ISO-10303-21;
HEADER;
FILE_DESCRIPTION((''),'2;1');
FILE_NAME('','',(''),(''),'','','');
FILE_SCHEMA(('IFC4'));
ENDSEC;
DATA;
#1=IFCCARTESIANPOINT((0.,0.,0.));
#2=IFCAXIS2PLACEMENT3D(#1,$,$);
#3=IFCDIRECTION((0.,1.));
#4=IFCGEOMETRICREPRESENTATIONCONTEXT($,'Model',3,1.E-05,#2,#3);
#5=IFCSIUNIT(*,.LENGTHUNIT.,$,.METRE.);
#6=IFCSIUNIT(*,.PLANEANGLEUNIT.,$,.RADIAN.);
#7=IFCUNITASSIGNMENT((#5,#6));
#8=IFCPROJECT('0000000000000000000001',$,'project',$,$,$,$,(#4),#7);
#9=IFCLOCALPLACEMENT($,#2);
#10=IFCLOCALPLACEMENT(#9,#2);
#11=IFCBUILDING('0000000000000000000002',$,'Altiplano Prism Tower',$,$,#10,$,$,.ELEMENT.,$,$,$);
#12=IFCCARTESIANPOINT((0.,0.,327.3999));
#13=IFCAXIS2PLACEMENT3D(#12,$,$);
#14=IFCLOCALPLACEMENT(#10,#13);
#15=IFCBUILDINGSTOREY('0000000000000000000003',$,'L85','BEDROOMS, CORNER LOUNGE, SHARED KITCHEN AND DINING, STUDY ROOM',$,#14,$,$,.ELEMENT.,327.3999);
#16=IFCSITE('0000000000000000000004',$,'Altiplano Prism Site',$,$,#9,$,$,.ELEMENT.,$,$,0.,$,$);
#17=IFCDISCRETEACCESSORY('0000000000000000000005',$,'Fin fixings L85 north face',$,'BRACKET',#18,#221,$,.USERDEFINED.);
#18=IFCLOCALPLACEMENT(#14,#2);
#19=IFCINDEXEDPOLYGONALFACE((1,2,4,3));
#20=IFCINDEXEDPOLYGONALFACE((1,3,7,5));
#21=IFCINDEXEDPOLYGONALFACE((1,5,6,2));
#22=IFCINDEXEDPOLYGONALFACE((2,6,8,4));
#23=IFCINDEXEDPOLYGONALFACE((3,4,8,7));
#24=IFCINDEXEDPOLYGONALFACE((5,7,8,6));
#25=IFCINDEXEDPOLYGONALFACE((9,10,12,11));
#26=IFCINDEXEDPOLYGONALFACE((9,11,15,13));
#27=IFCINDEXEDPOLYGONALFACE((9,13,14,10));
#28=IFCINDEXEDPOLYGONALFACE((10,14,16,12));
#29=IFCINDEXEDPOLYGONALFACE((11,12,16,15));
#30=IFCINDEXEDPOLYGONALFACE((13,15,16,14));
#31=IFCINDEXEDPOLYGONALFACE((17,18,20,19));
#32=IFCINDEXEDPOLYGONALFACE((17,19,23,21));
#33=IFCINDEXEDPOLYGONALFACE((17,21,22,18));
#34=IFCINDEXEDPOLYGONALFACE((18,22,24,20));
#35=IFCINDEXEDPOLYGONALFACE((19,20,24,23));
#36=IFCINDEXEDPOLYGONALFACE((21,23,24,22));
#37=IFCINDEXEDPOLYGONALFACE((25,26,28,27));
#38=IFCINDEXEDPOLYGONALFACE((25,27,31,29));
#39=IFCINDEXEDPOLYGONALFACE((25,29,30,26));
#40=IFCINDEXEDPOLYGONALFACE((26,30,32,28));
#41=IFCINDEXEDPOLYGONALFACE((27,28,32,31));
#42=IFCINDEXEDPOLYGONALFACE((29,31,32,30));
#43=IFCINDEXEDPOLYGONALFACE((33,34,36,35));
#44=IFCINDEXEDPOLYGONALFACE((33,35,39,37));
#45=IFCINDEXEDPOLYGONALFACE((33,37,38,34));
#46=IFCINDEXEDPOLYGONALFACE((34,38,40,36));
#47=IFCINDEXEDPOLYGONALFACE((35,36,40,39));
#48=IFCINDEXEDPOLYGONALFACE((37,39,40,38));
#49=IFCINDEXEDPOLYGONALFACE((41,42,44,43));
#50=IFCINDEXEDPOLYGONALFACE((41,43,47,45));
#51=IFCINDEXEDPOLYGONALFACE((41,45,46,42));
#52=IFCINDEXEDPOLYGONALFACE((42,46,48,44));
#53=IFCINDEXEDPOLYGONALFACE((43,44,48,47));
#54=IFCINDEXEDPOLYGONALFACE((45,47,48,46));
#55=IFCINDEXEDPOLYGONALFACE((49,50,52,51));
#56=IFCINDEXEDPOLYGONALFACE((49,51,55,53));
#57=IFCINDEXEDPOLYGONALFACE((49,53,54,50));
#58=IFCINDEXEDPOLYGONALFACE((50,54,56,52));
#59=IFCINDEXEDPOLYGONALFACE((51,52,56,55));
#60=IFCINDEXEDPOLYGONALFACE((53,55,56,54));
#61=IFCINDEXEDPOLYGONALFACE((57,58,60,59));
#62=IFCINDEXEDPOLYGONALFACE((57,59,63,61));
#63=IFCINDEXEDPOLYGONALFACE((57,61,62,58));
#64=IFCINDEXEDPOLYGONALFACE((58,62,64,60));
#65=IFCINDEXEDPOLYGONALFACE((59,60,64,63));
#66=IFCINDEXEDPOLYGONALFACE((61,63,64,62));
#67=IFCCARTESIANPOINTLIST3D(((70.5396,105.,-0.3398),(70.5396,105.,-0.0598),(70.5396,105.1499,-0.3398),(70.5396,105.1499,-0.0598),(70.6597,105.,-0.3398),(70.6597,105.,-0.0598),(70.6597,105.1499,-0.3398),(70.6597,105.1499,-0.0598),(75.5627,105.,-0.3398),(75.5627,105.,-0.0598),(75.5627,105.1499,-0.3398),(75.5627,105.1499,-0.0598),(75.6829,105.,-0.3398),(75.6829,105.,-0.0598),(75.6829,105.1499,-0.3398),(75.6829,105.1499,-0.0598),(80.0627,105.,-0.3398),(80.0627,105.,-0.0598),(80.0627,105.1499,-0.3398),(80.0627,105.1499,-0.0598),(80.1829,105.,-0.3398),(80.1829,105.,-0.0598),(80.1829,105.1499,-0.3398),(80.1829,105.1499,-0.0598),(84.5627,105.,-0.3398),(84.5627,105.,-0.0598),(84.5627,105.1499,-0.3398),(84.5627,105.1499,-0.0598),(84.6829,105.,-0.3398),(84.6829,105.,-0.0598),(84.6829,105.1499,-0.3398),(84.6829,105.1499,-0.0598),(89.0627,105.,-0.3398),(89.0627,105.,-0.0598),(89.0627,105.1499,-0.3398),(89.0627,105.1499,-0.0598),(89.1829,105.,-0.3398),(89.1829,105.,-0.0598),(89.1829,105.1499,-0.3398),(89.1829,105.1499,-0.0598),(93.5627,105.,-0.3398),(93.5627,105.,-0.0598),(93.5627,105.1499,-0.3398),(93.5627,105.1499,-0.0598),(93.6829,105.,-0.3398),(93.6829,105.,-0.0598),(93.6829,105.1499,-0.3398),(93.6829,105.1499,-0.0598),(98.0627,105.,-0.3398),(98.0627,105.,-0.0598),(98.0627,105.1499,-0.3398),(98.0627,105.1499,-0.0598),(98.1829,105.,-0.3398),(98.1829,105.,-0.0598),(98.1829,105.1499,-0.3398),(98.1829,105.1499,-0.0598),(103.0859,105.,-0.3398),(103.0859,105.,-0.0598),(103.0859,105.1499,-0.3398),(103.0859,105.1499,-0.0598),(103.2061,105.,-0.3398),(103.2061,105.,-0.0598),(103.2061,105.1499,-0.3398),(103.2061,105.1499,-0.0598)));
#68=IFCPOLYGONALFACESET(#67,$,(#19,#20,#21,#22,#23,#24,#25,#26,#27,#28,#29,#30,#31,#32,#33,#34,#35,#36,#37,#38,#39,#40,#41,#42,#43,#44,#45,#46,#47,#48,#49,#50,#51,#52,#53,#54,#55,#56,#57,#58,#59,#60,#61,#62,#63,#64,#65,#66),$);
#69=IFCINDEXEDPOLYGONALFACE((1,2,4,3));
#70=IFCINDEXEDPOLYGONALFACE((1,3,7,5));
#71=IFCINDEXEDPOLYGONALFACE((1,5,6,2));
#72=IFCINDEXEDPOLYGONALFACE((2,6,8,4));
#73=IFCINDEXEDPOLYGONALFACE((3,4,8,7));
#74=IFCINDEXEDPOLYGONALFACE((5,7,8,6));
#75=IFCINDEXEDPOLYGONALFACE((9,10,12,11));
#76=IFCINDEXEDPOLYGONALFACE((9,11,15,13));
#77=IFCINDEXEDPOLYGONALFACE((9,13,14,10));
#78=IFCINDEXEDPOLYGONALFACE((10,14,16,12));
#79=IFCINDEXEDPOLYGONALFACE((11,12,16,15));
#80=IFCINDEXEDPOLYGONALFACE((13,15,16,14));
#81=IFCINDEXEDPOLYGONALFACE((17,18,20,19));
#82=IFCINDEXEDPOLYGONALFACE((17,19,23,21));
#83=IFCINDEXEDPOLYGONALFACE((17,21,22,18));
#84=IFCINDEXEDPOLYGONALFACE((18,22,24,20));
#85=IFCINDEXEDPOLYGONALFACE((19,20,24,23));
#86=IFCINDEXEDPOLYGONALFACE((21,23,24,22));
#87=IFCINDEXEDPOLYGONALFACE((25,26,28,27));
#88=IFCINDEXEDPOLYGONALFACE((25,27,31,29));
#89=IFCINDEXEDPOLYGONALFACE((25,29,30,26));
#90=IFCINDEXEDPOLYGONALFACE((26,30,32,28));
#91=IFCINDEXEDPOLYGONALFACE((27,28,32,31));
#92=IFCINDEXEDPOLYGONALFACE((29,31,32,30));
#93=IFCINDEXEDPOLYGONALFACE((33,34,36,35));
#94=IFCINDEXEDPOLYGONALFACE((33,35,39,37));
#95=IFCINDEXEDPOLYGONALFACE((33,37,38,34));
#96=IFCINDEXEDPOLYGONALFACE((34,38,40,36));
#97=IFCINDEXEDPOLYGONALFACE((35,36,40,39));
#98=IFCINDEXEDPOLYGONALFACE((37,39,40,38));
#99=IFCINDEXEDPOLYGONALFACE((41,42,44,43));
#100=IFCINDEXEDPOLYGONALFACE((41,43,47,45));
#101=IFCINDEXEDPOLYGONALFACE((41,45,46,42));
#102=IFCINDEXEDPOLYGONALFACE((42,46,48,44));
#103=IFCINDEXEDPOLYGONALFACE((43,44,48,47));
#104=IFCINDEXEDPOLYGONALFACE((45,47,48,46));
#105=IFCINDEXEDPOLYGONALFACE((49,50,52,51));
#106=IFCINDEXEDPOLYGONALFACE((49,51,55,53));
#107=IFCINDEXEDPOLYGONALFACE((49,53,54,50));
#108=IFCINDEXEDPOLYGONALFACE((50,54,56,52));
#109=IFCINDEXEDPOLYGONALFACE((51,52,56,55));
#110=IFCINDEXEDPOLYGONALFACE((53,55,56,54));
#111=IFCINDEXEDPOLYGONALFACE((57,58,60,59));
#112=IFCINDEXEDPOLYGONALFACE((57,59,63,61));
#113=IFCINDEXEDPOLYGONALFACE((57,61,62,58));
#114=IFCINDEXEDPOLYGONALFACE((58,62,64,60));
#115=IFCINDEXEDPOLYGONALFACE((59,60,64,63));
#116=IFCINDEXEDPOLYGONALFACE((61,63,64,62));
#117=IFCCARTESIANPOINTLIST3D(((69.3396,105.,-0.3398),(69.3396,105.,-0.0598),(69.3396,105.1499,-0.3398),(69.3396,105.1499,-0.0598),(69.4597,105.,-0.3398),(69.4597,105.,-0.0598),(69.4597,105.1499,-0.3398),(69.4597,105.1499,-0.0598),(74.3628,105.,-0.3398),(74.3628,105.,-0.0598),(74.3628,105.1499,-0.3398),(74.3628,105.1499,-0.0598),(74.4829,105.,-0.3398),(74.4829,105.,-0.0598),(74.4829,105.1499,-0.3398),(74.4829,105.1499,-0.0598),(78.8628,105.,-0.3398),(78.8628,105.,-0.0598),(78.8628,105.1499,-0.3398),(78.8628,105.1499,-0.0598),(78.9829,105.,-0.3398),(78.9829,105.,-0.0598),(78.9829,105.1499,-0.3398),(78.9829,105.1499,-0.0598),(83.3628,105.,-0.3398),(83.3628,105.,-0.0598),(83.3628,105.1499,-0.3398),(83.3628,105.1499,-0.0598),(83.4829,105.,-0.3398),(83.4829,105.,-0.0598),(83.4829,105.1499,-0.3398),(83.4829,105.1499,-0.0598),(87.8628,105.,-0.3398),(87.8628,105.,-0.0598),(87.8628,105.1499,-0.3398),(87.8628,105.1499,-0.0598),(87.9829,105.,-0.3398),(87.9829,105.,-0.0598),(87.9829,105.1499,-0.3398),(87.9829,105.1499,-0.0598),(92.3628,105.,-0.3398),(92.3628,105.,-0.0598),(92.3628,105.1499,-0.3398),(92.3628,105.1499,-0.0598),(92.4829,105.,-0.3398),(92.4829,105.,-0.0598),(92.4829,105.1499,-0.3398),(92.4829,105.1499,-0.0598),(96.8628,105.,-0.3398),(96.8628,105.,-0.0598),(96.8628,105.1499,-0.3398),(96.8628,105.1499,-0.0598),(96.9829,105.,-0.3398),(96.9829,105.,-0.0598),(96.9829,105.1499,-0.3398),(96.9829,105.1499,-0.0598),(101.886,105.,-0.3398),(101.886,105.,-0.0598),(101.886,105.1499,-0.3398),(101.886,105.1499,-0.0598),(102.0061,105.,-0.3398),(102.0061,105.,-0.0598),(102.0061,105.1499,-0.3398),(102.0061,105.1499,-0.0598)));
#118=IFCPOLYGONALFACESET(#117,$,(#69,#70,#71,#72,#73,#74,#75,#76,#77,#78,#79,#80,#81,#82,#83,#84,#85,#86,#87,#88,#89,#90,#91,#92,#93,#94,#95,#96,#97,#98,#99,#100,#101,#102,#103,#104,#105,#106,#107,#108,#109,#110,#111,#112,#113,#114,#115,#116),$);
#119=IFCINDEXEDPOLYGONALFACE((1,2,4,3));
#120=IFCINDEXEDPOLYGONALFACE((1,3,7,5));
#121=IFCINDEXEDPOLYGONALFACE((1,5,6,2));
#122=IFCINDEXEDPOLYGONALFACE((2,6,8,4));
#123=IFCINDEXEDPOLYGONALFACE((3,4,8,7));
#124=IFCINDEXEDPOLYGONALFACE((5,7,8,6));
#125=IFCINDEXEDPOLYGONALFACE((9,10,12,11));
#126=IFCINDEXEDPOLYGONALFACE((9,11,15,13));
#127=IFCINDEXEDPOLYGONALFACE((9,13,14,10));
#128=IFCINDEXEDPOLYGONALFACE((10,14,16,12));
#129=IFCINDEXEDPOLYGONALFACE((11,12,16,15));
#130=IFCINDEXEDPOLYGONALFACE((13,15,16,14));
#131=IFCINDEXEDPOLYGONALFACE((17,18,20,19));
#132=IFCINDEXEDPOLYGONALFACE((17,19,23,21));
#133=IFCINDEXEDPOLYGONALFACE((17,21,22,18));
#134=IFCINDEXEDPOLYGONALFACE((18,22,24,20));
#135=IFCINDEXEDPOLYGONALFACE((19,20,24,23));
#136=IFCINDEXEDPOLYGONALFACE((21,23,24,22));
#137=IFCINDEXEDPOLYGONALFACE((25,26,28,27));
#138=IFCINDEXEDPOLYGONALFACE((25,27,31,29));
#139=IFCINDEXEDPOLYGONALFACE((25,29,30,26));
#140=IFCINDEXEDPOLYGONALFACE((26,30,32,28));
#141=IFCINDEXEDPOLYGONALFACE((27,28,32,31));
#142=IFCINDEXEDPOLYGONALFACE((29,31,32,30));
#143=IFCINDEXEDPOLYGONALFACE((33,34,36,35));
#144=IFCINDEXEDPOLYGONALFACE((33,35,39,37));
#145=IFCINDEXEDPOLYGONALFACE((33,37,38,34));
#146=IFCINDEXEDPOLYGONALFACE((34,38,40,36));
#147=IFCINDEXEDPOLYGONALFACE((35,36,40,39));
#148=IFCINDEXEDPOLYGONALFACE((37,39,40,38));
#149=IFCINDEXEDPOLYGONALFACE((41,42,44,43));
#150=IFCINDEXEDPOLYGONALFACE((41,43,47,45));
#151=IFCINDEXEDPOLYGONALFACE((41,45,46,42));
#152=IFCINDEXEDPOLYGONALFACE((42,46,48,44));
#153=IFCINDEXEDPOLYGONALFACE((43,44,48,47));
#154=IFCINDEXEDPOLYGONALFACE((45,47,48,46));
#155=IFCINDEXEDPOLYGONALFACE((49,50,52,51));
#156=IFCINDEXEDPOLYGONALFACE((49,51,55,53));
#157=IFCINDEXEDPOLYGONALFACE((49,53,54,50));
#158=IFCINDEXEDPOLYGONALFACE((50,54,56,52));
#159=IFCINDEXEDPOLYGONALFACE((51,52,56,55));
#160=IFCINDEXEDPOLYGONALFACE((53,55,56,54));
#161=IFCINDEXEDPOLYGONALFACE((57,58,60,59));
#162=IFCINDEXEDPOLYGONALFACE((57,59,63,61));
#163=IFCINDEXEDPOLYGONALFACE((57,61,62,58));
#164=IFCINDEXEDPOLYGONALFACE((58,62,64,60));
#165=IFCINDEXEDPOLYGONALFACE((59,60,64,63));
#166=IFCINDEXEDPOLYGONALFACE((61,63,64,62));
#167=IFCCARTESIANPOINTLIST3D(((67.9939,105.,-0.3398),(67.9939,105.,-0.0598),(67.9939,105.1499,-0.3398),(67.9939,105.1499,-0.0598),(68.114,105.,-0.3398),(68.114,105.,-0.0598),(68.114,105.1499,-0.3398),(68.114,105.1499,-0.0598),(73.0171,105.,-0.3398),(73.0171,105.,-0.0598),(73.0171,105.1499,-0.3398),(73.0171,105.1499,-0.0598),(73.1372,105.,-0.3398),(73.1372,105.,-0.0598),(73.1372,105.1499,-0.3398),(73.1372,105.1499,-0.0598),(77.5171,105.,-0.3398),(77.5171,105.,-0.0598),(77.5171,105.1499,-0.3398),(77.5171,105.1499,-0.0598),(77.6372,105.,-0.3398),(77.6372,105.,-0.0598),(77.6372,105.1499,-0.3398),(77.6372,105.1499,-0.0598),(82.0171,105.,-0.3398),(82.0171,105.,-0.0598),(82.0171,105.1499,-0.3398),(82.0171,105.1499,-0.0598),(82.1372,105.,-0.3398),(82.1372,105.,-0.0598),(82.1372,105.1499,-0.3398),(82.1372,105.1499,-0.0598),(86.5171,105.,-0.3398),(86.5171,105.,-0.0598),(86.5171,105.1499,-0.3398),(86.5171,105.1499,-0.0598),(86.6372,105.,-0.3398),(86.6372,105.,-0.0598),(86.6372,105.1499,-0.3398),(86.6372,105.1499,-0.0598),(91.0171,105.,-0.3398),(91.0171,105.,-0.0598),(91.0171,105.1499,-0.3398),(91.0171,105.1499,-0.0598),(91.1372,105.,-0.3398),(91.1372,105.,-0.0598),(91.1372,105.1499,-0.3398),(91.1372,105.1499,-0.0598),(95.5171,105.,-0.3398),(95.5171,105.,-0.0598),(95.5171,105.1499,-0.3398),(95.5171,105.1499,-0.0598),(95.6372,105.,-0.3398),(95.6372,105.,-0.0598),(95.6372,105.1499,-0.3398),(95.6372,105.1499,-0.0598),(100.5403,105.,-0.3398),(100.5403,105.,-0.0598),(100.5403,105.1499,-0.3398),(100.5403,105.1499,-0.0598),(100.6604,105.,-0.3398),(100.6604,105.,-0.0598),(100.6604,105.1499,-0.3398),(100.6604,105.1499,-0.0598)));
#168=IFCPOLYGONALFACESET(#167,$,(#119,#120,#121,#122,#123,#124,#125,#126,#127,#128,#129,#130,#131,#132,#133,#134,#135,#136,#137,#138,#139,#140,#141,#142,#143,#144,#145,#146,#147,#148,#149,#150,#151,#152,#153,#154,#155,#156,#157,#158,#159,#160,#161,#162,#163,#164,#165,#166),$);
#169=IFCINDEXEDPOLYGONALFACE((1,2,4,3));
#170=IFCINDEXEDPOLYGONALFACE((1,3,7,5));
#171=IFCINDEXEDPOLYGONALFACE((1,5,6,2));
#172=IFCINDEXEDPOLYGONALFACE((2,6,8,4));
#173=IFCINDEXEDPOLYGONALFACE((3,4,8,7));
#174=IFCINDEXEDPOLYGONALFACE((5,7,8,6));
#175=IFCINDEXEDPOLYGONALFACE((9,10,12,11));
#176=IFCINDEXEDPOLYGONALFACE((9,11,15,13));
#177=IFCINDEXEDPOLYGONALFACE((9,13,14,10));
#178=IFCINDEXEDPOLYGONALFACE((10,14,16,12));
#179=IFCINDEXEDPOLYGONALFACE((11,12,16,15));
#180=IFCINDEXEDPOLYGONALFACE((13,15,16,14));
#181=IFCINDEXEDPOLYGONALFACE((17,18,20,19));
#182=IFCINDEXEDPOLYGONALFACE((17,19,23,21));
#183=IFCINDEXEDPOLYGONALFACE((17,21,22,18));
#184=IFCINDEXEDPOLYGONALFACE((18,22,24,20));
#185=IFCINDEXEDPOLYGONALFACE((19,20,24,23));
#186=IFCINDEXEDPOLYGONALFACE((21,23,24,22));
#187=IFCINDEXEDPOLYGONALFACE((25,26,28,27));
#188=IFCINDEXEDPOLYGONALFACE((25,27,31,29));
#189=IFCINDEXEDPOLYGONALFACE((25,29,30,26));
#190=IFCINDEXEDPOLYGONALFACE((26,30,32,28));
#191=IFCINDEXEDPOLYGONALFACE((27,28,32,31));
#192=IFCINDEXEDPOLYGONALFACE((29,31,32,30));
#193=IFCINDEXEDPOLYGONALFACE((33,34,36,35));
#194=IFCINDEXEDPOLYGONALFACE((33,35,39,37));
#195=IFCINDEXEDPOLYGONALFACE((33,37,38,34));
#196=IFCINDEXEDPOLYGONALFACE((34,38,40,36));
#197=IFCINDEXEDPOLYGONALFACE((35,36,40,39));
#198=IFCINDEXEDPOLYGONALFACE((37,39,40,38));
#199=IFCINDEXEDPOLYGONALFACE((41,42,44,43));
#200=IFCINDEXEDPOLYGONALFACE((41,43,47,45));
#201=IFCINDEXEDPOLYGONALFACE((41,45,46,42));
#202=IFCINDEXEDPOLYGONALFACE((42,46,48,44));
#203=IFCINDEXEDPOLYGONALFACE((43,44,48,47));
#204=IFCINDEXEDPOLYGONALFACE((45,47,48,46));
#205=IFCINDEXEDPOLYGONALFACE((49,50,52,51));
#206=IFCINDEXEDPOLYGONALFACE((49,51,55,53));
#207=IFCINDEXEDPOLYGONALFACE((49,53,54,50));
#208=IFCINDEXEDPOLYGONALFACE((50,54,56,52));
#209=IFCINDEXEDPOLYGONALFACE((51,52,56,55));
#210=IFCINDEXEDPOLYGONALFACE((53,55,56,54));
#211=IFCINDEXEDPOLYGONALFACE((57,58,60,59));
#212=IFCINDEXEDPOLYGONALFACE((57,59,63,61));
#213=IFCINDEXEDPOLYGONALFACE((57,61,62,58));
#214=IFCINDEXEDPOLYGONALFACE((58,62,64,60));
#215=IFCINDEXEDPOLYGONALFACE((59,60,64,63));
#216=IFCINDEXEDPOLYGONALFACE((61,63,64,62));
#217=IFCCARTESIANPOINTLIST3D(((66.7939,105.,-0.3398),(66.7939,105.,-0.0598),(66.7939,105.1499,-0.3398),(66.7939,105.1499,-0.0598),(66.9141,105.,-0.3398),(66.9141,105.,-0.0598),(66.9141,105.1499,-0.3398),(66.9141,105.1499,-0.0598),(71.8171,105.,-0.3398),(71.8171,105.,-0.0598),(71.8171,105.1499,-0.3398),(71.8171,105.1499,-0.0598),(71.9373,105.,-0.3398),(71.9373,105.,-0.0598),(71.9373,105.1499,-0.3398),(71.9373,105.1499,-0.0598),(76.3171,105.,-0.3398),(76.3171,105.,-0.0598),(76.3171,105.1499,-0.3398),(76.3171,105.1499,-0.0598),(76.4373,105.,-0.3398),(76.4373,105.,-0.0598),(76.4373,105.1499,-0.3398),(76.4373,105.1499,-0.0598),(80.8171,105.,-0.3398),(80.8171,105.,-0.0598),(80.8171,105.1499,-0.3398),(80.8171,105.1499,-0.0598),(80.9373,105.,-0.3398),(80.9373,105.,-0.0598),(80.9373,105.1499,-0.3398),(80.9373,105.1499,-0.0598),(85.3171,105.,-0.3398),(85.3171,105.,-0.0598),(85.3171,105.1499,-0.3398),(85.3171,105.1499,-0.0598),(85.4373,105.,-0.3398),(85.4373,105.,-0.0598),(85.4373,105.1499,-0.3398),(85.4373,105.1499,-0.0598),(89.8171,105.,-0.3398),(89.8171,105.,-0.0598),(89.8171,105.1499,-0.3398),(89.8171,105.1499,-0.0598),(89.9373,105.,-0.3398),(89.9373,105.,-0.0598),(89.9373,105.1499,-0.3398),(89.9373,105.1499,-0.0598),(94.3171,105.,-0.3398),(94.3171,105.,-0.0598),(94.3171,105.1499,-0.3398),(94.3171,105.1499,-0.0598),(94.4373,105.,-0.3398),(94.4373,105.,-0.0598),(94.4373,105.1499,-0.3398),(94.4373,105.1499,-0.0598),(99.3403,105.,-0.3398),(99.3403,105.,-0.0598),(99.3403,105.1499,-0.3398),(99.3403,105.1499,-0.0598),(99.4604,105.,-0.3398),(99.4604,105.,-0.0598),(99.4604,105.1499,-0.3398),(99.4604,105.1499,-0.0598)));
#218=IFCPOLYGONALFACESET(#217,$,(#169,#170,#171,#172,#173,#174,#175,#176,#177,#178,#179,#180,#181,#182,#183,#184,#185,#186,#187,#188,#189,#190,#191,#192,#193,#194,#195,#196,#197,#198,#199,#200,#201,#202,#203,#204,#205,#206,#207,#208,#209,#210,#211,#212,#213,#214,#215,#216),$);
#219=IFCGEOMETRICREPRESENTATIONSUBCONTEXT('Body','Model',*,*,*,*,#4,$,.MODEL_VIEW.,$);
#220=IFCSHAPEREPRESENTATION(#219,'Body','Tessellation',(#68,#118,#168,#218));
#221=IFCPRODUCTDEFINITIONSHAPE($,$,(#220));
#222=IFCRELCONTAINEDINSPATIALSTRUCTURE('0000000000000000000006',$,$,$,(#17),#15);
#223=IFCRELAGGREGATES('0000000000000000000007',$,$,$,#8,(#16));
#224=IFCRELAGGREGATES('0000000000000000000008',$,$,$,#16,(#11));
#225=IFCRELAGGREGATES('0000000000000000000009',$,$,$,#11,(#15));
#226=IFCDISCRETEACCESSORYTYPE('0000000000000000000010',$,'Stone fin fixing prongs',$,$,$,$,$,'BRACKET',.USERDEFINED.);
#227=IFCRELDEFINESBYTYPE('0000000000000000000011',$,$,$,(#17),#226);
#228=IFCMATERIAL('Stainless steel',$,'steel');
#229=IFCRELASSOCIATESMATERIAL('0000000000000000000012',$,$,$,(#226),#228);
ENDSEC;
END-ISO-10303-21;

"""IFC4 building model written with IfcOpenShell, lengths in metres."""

from ifc_helpers import new_model, si_unit, direction, frame, origin, place, context, subcontext, project, spatial, polyline, outline, extrude, source, transform, mapped, material, type_object, element, save


model = new_model("IFC4")

# Units and contexts
model_context = context("Model", 3, precision=1e-05, world=origin(), true_north=direction((0.0, 1.0)))
body_context = subcontext(model_context, "Body", "Model", "MODEL_VIEW")
ifc_project = project(units=[si_unit("LENGTHUNIT", "METRE"), si_unit("PLANEANGLEUNIT", "RADIAN")], contexts=[model_context])

# Site, building, storey
site_placement = place(None, origin())
site = spatial("IfcSite", under=ifc_project, at=site_placement, Name="Altiplano Prism Site", CompositionType="ELEMENT", RefElevation=0.0)
building_placement = place(site_placement, origin())
building = spatial("IfcBuilding", under=site, at=building_placement, Name="Altiplano Prism Tower", CompositionType="ELEMENT")
storey_placement = place(building_placement, frame((0.0, 0.0, 327.3999)))
storey = spatial("IfcBuildingStorey", under=building, at=storey_placement, Name="L85", Description="BEDROOMS, CORNER LOUNGE, SHARED KITCHEN AND DINING, STUDY ROOM", CompositionType="ELEMENT", Elevation=327.3999)

# Discrete accessory
ifc_material_1 = material(Name="Stainless steel", Category="steel")
discrete_accessory_type = type_object("IfcDiscreteAccessoryType", Name="Stone fin fixing prongs", ElementType="BRACKET", PredefinedType="USERDEFINED", material=ifc_material_1)
shared_shape_1 = source(origin(), body_context, "Body", "SweptSolid", [
    extrude(outline(polyline([(-1.9329, 0.0601), (-1.8127, 0.0601), (-1.8127, 0.3401), (-1.9329, 0.3401), (-1.9329, 0.0601)])), frame((0.0, 0.0, 0.0), z_axis=(0.0, -1.0, 0.0), x_axis=(1.0, 0.0, 0.0)), (0.0, 0.0, 1.0), 0.1499),
    extrude(outline(polyline([(-0.7329, 0.0601), (-0.6128, 0.0601), (-0.6128, 0.3401), (-0.7329, 0.3401), (-0.7329, 0.0601)])), frame((0.0, 0.0, 0.0), z_axis=(0.0, -1.0, 0.0), x_axis=(1.0, 0.0, 0.0)), (0.0, 0.0, 1.0), 0.1499),
    extrude(outline(polyline([(0.6128, 0.0601), (0.7329, 0.0601), (0.7329, 0.3401), (0.6128, 0.3401), (0.6128, 0.0601)])), frame((0.0, 0.0, 0.0), z_axis=(0.0, -1.0, 0.0), x_axis=(1.0, 0.0, 0.0)), (0.0, 0.0, 1.0), 0.1499),
    extrude(outline(polyline([(1.8127, 0.0601), (1.9329, 0.0601), (1.9329, 0.3401), (1.8127, 0.3401), (1.8127, 0.0601)])), frame((0.0, 0.0, 0.0), z_axis=(0.0, -1.0, 0.0), x_axis=(1.0, 0.0, 0.0)), (0.0, 0.0, 1.0), 0.1499),
])
shared_shape_2 = source(origin(), body_context, "Body", "SweptSolid", [
    extrude(outline(polyline([(-1.9329, 0.0601), (-1.8127, 0.0601), (-1.8127, 0.3401), (-1.9329, 0.3401), (-1.9329, 0.0601)])), frame((0.0, 0.0, 0.0), z_axis=(0.0, -1.0, 0.0), x_axis=(1.0, 0.0, 0.0)), (0.0, 0.0, 1.0), 0.1499),
    extrude(outline(polyline([(-0.7329, 0.0601), (-0.6128, 0.0601), (-0.6128, 0.3401), (-0.7329, 0.3401), (-0.7329, 0.0601)])), frame((0.0, 0.0, 0.0), z_axis=(0.0, -1.0, 0.0), x_axis=(1.0, 0.0, 0.0)), (0.0, 0.0, 1.0), 0.1499),
    extrude(outline(polyline([(0.6128, 0.0601), (0.7329, 0.0601), (0.7329, 0.3401), (0.6128, 0.3401), (0.6128, 0.0601)])), frame((0.0, 0.0, 0.0), z_axis=(0.0, -1.0, 0.0), x_axis=(1.0, 0.0, 0.0)), (0.0, 0.0, 1.0), 0.1499),
    extrude(outline(polyline([(1.8127, 0.0601), (1.9329, 0.0601), (1.9329, 0.3401), (1.8127, 0.3401), (1.8127, 0.0601)])), frame((0.0, 0.0, 0.0), z_axis=(0.0, -1.0, 0.0), x_axis=(1.0, 0.0, 0.0)), (0.0, 0.0, 1.0), 0.1499),
])
discrete_accessory_1_placement = place(storey_placement, origin())
element("IfcDiscreteAccessory", 1, at=discrete_accessory_1_placement, inside=storey, type_object=discrete_accessory_type, Name="Fin fixings L85 north face", ObjectType="BRACKET", PredefinedType="USERDEFINED", context=body_context, shape_type="MappedRepresentation", body=[
    mapped(shared_shape_1, transform((101.2732, 105.0, -0.3999), x_axis=(-1.0, 0.0, 0.0), y_axis=(0.0, -1.0, 0.0), z_axis=(0.0, 0.0, 1.0))),
    mapped(shared_shape_2, transform((96.25, 105.0, -0.3999), x_axis=(-1.0, 0.0, 0.0), y_axis=(0.0, -1.0, 0.0), z_axis=(0.0, 0.0, 1.0))),
    mapped(shared_shape_2, transform((91.75, 105.0, -0.3999), x_axis=(-1.0, 0.0, 0.0), y_axis=(0.0, -1.0, 0.0), z_axis=(0.0, 0.0, 1.0))),
    mapped(shared_shape_2, transform((87.25, 105.0, -0.3999), x_axis=(-1.0, 0.0, 0.0), y_axis=(0.0, -1.0, 0.0), z_axis=(0.0, 0.0, 1.0))),
    mapped(shared_shape_2, transform((82.75, 105.0, -0.3999), x_axis=(-1.0, 0.0, 0.0), y_axis=(0.0, -1.0, 0.0), z_axis=(0.0, 0.0, 1.0))),
    mapped(shared_shape_2, transform((78.25, 105.0, -0.3999), x_axis=(-1.0, 0.0, 0.0), y_axis=(0.0, -1.0, 0.0), z_axis=(0.0, 0.0, 1.0))),
    mapped(shared_shape_2, transform((73.75, 105.0, -0.3999), x_axis=(-1.0, 0.0, 0.0), y_axis=(0.0, -1.0, 0.0), z_axis=(0.0, 0.0, 1.0))),
    mapped(shared_shape_1, transform((68.7268, 105.0, -0.3999), x_axis=(-1.0, 0.0, 0.0), y_axis=(0.0, -1.0, 0.0), z_axis=(0.0, 0.0, 1.0))),
])

save(model, "model.ifc")
